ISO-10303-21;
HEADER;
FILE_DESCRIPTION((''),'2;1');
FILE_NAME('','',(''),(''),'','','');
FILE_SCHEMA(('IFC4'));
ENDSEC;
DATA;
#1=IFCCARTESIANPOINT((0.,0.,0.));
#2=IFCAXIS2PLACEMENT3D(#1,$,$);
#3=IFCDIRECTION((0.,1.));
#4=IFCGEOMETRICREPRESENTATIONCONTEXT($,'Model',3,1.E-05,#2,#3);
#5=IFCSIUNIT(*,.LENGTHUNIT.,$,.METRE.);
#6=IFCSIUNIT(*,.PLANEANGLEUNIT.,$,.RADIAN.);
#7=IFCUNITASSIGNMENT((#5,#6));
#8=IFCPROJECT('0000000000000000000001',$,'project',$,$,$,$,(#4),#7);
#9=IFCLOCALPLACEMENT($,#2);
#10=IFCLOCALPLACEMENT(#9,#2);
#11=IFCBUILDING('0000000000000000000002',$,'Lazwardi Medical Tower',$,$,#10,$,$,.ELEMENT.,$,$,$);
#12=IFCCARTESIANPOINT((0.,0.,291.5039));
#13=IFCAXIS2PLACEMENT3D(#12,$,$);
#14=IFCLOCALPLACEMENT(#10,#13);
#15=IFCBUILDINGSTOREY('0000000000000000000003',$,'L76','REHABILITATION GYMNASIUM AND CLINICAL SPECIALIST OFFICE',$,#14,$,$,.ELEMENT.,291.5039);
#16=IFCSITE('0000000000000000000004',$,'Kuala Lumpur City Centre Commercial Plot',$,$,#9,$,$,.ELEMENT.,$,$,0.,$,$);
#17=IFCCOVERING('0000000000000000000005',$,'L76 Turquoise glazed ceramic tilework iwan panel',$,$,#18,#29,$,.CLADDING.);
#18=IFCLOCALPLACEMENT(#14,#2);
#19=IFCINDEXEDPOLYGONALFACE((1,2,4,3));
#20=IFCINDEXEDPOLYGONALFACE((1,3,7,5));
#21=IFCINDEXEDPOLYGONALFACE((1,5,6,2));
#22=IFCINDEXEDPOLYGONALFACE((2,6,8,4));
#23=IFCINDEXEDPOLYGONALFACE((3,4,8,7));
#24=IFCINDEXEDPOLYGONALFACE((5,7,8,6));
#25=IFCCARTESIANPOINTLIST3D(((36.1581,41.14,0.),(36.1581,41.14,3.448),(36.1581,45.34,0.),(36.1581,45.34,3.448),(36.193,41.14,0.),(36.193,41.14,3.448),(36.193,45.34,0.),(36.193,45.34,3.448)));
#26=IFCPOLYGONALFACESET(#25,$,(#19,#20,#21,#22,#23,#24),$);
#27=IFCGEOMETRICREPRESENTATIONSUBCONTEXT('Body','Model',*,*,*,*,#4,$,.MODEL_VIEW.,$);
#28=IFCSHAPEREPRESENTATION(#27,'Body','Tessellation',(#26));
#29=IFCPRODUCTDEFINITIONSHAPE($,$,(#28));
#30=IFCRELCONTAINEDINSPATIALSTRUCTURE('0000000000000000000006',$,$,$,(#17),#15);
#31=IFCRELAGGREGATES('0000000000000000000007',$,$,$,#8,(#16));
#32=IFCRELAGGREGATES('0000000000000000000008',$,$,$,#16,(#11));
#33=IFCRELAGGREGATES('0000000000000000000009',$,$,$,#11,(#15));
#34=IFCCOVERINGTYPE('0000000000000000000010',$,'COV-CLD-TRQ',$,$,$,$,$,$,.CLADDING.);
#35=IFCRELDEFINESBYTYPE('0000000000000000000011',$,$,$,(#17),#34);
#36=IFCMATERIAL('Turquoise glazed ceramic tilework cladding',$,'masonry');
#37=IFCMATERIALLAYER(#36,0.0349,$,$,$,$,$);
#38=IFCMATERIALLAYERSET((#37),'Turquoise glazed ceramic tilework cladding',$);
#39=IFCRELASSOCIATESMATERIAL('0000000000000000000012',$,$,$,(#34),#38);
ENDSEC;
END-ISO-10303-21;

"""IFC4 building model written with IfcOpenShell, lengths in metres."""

from ifc_helpers import new_model, si_unit, direction, frame, origin, origin_2d, place, context, subcontext, project, spatial, rectangle, extrude, material, layer, layer_set, type_object, element, save


model = new_model("IFC4")

# Units and contexts
model_context = context("Model", 3, precision=1e-05, world=origin(), true_north=direction((0.0, 1.0)))
body_context = subcontext(model_context, "Body", "Model", "MODEL_VIEW")
ifc_project = project(units=[si_unit("LENGTHUNIT", "METRE"), si_unit("PLANEANGLEUNIT", "RADIAN")], contexts=[model_context])

# Site, building, storey
site_placement = place(None, origin())
site = spatial("IfcSite", under=ifc_project, at=site_placement, Name="Kuala Lumpur City Centre Commercial Plot", CompositionType="ELEMENT", RefElevation=0.0)
building_placement = place(site_placement, origin())
building = spatial("IfcBuilding", under=site, at=building_placement, Name="Lazwardi Medical Tower", CompositionType="ELEMENT")
storey_placement = place(building_placement, frame((0.0, 0.0, 291.5039)))
storey = spatial("IfcBuildingStorey", under=building, at=storey_placement, Name="L76", Description="REHABILITATION GYMNASIUM AND CLINICAL SPECIALIST OFFICE", CompositionType="ELEMENT", Elevation=291.5039)

# Covering
ifc_material_1 = material(Name="Turquoise glazed ceramic tilework cladding", Category="masonry")
ifc_layer_1 = layer(ifc_material_1, 0.0349)
ifc_layer_set_1 = layer_set([ifc_layer_1], Name="Turquoise glazed ceramic tilework cladding")
covering_type = type_object("IfcCoveringType", Name="COV-CLD-TRQ", PredefinedType="CLADDING", material=ifc_layer_set_1)
covering_1_placement = place(storey_placement, frame((36.1755, 43.24, 0.0), z_axis=(0.0, 0.0, 1.0), x_axis=(0.0, -1.0, 0.0)))
element("IfcCovering", 1, at=covering_1_placement, inside=storey, type_object=covering_type, Name="L76 Turquoise glazed ceramic tilework iwan panel", PredefinedType="CLADDING", context=body_context, shape_type="SweptSolid", body=[
    extrude(rectangle(XDim=4.2, YDim=0.0349, at=origin_2d()), origin(), (0.0, 0.0, 1.0), 3.448),
])

save(model, "model.ifc")
